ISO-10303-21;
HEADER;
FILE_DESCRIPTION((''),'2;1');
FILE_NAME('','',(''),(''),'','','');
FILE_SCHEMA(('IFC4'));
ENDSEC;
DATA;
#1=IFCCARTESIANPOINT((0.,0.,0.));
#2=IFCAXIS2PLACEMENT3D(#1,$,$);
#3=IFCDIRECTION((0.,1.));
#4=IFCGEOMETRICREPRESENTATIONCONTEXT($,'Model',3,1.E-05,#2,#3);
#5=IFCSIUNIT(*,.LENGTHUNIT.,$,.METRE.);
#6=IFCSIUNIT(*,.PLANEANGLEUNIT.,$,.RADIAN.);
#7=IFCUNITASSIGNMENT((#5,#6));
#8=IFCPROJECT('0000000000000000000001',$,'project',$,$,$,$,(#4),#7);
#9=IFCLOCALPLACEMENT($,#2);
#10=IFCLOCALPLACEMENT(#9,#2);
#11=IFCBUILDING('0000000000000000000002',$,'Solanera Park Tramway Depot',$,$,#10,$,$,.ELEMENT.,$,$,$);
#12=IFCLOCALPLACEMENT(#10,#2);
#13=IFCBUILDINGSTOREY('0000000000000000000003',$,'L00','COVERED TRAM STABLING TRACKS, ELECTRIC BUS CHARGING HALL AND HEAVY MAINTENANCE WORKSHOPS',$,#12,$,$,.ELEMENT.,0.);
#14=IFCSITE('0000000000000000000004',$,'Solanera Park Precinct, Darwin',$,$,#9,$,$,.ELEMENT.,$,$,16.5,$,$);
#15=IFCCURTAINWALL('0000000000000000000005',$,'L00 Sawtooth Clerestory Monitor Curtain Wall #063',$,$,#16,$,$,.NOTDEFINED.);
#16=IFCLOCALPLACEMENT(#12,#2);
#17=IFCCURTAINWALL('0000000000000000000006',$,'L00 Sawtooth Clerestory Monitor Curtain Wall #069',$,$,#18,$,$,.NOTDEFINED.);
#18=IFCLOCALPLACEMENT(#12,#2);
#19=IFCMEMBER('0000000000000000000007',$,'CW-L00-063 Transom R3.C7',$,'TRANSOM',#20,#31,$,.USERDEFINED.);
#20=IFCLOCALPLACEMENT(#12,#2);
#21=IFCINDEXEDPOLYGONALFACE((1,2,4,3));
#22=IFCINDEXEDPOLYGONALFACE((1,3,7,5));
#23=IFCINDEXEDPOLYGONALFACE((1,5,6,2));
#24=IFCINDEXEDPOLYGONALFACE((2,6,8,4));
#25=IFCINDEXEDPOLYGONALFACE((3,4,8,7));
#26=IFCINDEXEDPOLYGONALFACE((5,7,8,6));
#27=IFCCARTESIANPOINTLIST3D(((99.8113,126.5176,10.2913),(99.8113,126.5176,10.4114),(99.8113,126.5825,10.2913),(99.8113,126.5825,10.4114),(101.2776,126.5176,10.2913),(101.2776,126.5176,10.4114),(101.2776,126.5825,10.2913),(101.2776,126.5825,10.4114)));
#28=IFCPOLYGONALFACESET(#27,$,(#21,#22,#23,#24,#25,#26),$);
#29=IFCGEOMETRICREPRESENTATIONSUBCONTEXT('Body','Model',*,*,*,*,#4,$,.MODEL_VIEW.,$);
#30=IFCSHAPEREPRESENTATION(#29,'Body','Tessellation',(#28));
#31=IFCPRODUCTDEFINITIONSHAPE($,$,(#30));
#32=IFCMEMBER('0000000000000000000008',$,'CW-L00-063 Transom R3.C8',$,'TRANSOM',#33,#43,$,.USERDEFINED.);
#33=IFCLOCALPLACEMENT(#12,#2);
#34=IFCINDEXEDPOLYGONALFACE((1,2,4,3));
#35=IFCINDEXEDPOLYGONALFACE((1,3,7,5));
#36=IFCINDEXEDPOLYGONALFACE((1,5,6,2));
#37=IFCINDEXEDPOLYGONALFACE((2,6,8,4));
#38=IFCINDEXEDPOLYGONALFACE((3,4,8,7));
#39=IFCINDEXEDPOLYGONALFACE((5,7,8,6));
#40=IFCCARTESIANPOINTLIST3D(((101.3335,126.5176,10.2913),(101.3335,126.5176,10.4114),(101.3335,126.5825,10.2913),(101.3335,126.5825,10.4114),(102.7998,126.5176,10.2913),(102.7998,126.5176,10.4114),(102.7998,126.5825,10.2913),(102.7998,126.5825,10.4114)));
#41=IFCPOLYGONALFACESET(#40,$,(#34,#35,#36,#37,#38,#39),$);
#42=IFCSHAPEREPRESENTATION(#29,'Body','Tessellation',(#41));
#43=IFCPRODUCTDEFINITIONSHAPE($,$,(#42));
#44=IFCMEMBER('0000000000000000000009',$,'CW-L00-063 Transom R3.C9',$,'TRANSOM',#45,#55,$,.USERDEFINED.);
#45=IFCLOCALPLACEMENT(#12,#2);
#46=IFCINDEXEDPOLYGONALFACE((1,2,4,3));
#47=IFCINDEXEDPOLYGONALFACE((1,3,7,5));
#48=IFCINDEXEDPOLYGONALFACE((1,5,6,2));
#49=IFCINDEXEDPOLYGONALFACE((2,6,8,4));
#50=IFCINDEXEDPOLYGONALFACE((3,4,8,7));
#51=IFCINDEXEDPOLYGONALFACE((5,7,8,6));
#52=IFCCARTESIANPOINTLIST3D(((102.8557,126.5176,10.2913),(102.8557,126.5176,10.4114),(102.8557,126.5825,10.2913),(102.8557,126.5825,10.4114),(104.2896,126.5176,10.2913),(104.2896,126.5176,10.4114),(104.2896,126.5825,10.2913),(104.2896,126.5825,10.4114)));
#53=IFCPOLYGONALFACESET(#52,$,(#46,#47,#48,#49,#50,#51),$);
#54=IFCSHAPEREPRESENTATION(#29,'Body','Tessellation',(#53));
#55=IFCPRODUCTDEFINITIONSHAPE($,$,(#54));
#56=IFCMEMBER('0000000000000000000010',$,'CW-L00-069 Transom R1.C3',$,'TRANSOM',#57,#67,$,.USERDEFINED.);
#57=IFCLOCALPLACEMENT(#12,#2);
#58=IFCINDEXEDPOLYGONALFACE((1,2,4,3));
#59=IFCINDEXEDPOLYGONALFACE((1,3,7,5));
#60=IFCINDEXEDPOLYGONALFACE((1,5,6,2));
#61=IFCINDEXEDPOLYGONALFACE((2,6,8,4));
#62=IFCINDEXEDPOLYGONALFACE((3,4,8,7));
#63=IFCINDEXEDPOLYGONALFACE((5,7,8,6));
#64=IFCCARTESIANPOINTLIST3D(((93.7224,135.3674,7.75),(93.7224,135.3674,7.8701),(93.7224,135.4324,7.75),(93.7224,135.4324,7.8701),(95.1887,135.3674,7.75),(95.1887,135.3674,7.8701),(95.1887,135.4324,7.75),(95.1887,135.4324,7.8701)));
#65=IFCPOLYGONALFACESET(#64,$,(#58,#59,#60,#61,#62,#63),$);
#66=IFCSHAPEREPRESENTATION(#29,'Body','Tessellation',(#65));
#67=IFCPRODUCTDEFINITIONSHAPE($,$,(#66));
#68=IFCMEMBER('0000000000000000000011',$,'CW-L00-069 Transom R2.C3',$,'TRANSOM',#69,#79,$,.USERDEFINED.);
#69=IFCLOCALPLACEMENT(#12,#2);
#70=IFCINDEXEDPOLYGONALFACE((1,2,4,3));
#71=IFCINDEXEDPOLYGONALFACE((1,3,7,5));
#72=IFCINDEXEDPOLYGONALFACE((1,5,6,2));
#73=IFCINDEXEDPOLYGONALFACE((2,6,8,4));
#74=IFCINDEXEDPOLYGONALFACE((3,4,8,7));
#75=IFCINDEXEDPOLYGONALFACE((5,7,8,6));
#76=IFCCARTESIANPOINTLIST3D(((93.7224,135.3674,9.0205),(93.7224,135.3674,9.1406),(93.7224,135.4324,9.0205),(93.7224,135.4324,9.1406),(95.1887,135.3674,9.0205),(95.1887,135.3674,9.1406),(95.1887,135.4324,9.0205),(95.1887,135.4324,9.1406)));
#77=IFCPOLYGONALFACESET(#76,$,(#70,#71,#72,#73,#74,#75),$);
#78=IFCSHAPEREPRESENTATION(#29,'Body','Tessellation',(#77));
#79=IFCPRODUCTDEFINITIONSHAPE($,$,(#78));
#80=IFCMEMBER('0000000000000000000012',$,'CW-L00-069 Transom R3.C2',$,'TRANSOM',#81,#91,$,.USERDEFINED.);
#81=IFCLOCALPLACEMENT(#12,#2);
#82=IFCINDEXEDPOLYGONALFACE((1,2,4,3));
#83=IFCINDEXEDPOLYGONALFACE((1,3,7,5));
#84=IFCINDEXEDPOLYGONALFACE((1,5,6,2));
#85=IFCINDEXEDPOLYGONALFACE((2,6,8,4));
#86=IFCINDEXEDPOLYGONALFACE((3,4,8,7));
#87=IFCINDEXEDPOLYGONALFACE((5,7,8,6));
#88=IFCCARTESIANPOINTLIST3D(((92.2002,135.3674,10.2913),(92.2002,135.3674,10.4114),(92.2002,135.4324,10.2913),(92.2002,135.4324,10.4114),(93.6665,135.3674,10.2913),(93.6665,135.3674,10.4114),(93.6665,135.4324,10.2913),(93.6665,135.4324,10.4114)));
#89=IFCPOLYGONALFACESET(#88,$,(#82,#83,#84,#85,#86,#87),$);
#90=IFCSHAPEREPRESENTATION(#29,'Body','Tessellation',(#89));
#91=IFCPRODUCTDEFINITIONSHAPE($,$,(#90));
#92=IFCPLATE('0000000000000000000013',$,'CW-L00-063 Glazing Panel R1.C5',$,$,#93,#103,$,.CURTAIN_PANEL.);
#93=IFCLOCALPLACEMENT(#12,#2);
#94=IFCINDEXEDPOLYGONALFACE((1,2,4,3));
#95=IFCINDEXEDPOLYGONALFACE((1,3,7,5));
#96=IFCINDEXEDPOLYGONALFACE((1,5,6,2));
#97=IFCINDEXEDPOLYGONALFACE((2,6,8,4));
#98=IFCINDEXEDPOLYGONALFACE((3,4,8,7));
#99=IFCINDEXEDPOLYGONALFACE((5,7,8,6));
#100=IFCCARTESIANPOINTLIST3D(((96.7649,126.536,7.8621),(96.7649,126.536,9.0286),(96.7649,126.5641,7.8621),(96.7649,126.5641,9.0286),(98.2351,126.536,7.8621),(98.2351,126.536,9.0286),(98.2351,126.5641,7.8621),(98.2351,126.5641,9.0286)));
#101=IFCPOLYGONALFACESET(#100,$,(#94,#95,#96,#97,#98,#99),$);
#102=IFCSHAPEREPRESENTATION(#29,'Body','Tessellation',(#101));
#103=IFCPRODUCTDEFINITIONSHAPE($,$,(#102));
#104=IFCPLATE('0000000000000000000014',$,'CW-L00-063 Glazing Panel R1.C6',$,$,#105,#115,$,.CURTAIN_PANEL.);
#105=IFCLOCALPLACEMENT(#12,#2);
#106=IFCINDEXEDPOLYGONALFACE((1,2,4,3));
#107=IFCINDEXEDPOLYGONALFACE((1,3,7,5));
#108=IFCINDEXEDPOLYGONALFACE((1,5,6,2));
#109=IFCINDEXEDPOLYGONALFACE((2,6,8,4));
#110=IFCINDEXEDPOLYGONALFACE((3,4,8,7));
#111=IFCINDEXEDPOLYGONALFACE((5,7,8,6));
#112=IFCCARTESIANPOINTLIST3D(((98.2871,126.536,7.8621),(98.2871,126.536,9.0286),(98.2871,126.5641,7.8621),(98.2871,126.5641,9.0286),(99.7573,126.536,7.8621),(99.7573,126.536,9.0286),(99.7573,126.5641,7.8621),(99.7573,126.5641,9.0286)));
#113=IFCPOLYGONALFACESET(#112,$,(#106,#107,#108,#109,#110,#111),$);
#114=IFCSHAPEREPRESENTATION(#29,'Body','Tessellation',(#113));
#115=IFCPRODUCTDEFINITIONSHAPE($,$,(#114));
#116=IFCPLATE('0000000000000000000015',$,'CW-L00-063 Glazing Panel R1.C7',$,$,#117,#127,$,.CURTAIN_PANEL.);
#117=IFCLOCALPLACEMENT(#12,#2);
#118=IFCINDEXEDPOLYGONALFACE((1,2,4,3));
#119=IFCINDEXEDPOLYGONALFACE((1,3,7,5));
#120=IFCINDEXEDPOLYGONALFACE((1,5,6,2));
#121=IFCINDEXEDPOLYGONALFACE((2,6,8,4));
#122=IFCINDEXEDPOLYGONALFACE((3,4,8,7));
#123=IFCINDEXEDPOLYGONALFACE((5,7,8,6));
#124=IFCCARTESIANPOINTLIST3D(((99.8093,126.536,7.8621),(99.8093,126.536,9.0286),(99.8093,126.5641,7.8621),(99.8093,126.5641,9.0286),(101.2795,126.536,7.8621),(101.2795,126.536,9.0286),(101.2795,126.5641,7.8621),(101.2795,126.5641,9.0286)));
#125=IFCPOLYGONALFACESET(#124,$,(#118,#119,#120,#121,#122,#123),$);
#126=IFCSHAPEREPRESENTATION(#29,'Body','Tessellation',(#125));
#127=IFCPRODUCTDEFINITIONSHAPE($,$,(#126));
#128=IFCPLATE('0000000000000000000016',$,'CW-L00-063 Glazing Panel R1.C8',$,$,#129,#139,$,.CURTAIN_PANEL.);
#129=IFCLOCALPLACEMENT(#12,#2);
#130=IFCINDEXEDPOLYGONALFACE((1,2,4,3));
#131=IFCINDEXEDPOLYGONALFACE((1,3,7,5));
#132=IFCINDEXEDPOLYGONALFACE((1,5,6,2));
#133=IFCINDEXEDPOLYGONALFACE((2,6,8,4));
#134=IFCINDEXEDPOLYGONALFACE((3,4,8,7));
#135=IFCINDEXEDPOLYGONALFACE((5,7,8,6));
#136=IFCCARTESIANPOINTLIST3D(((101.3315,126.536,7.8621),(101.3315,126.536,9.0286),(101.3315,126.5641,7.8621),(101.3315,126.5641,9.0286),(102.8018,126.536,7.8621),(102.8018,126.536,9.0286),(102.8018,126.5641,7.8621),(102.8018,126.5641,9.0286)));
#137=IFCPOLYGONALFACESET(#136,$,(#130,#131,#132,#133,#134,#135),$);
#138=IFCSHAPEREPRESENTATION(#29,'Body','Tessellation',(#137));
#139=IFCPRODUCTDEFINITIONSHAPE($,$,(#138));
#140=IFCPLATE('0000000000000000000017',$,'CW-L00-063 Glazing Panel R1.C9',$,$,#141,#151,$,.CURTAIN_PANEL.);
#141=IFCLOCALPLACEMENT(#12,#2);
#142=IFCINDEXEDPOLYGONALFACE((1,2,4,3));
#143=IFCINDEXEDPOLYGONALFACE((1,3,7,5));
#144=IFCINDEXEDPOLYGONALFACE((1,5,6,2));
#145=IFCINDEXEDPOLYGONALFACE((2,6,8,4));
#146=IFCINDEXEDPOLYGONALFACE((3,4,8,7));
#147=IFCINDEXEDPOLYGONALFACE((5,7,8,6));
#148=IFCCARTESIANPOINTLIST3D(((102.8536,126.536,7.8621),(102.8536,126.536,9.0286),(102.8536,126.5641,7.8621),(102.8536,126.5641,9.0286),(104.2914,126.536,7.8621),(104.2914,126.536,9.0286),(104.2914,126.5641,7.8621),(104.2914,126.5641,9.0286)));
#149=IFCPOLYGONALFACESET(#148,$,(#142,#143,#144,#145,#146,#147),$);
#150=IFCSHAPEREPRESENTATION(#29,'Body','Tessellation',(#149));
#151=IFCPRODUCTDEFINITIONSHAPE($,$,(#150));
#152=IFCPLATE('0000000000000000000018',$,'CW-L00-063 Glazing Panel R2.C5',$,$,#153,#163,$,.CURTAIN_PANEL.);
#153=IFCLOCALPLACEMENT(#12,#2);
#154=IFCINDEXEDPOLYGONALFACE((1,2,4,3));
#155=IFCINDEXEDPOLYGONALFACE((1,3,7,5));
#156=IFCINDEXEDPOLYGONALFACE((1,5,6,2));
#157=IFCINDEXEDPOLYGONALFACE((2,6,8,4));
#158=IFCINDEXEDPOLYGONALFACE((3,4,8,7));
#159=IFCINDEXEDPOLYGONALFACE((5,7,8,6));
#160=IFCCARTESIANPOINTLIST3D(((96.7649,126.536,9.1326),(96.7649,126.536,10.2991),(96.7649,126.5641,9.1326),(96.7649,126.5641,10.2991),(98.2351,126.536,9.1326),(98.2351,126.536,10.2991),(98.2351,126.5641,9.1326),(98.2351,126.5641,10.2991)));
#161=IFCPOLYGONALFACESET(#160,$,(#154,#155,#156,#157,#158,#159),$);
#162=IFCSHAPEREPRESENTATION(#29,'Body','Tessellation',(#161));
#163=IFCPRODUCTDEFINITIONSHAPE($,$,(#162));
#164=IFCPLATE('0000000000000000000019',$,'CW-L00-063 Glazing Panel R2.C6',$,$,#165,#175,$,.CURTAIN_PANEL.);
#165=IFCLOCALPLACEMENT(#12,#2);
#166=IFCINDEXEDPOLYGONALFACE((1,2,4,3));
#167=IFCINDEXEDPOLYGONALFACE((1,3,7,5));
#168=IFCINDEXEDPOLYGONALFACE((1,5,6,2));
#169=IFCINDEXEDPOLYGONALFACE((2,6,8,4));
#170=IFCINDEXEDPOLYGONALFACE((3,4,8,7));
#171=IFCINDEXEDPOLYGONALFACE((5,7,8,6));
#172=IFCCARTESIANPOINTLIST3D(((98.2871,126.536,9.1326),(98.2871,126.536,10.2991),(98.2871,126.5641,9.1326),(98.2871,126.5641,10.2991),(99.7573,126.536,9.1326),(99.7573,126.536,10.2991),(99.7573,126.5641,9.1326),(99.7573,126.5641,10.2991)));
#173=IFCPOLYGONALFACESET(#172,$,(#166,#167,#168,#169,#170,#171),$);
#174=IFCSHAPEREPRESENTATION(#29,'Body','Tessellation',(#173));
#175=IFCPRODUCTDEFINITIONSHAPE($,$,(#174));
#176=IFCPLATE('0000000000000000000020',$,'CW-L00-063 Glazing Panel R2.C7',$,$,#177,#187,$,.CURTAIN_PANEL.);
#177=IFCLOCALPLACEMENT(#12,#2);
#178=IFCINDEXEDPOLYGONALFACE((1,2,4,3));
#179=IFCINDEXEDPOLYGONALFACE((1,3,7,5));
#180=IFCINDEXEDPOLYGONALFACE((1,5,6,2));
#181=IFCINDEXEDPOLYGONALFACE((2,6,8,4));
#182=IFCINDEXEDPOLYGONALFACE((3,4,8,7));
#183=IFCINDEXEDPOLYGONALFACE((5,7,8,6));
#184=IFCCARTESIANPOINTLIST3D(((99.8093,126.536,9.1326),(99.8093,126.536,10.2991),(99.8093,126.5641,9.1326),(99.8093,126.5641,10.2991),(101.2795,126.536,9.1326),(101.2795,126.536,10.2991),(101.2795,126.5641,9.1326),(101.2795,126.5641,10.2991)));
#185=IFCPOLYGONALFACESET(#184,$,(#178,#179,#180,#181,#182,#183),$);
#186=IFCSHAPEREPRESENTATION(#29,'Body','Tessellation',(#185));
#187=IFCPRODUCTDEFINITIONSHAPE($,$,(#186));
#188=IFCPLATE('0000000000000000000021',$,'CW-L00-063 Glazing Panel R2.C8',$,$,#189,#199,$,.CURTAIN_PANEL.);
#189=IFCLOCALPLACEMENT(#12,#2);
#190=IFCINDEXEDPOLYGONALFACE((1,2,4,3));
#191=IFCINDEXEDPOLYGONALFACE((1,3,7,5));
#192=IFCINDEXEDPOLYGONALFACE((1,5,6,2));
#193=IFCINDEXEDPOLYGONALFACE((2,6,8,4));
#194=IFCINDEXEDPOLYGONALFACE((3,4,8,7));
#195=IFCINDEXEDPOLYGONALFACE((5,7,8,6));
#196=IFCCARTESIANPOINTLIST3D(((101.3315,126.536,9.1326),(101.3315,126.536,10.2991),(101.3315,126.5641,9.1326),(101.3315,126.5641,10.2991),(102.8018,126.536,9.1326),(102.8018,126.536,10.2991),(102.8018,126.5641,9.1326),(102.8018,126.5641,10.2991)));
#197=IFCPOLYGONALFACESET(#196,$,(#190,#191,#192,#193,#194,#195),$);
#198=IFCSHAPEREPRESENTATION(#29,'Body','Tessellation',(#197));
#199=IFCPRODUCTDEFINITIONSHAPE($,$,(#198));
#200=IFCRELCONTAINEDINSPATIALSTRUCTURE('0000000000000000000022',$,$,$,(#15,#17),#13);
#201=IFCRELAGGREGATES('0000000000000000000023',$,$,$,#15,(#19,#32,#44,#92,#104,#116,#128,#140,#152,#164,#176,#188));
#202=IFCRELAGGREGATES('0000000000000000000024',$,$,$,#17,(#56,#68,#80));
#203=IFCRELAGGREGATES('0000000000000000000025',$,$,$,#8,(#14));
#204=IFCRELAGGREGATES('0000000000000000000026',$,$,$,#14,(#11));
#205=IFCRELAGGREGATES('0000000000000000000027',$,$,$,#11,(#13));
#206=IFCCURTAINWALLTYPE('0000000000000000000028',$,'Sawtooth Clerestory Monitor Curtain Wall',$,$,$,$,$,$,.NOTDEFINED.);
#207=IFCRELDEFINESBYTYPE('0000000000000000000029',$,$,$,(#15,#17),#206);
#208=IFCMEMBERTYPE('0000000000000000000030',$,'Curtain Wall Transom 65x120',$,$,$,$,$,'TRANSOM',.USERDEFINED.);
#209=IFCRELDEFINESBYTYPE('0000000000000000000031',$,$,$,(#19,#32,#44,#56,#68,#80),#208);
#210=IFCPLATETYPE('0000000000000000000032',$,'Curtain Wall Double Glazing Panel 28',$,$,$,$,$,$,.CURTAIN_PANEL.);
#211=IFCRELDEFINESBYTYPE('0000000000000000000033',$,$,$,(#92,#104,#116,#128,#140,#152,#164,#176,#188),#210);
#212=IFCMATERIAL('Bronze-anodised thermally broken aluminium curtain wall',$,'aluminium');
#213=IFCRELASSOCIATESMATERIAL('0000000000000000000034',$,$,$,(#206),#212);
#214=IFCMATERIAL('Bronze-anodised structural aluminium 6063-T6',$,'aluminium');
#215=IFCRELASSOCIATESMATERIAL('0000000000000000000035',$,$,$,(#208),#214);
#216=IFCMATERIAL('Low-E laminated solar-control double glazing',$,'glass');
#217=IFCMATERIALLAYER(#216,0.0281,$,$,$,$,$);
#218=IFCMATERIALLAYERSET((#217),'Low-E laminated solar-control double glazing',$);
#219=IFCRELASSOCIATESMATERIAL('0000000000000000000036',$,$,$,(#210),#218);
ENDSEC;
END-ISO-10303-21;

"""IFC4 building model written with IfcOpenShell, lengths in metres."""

from ifc_helpers import new_model, si_unit, direction, frame, origin, origin_2d, place, context, subcontext, project, spatial, rectangle, extrude, material, layer, layer_set, material_profile, profile_set, type_object, element, aggregate, save


model = new_model("IFC4")

# Units and contexts
model_context = context("Model", 3, precision=1e-05, world=origin(), true_north=direction((0.0, 1.0)))
body_context = subcontext(model_context, "Body", "Model", "MODEL_VIEW")
ifc_project = project(units=[si_unit("LENGTHUNIT", "METRE"), si_unit("PLANEANGLEUNIT", "RADIAN")], contexts=[model_context])

# Site, building, storey
site_placement = place(None, origin())
site = spatial("IfcSite", under=ifc_project, at=site_placement, Name="Solanera Park Precinct, Darwin", CompositionType="ELEMENT", RefElevation=16.5)
building_placement = place(site_placement, origin())
building = spatial("IfcBuilding", under=site, at=building_placement, Name="Solanera Park Tramway Depot", CompositionType="ELEMENT")
storey_placement = place(building_placement, origin())
storey = spatial("IfcBuildingStorey", under=building, at=storey_placement, Name="L00", Description="COVERED TRAM STABLING TRACKS, ELECTRIC BUS CHARGING HALL AND HEAVY MAINTENANCE WORKSHOPS", CompositionType="ELEMENT", Elevation=0.0)

# Curtain wall
ifc_material_1 = material(Name="Bronze-anodised thermally broken aluminium curtain wall", Category="aluminium")
curtain_wall_type = type_object("IfcCurtainWallType", Name="Sawtooth Clerestory Monitor Curtain Wall", PredefinedType="NOTDEFINED", material=ifc_material_1)
curtain_wall_1_placement = place(storey_placement, origin())
curtain_wall_1 = element("IfcCurtainWall", 1, at=curtain_wall_1_placement, inside=storey, type_object=curtain_wall_type, Name="L00 Sawtooth Clerestory Monitor Curtain Wall #063", PredefinedType="NOTDEFINED")

# Curtain wall
curtain_wall_2_placement = place(storey_placement, origin())
curtain_wall_2 = element("IfcCurtainWall", 2, at=curtain_wall_2_placement, inside=storey, type_object=curtain_wall_type, Name="L00 Sawtooth Clerestory Monitor Curtain Wall #069", PredefinedType="NOTDEFINED")

# Members
ifc_material_2 = material(Name="Bronze-anodised structural aluminium 6063-T6", Category="aluminium")
ifc_material_profile_1 = material_profile(ifc_material_2, rectangle(XDim=0.0649, YDim=0.1201, at=origin_2d()), Name="Curtain Wall Transom 65x120")
ifc_profile_set_1 = profile_set([ifc_material_profile_1], Name="Bronze-anodised structural aluminium 6063-T6")
member_type_1 = type_object("IfcMemberType", Name="Curtain Wall Transom 65x120", ElementType="TRANSOM", PredefinedType="USERDEFINED", material=ifc_profile_set_1)
member_1_placement = place(storey_placement, frame((99.8113, 126.55, 10.3513), z_axis=(1.0, 0.0, 0.0), x_axis=(0.0, 1.0, 0.0)))
member_1 = element("IfcMember", 3, at=member_1_placement, type_object=member_type_1, Name="CW-L00-063 Transom R3.C7", ObjectType="TRANSOM", PredefinedType="USERDEFINED", context=body_context, shape_type="SweptSolid", body=[
    extrude(rectangle(XDim=0.0649, YDim=0.1201, at=origin_2d()), origin(), (0.0, 0.0, 1.0), 1.4663),
])
member_2_placement = place(storey_placement, frame((101.3335, 126.55, 10.3513), z_axis=(1.0, 0.0, 0.0), x_axis=(0.0, 1.0, 0.0)))
member_2 = element("IfcMember", 4, at=member_2_placement, type_object=member_type_1, Name="CW-L00-063 Transom R3.C8", ObjectType="TRANSOM", PredefinedType="USERDEFINED", context=body_context, shape_type="SweptSolid", body=[
    extrude(rectangle(XDim=0.0649, YDim=0.1201, at=origin_2d()), origin(), (0.0, 0.0, 1.0), 1.4663),
])
member_3_placement = place(storey_placement, frame((102.8557, 126.55, 10.3513), z_axis=(1.0, 0.0, 0.0), x_axis=(0.0, 1.0, 0.0)))
member_3 = element("IfcMember", 5, at=member_3_placement, type_object=member_type_1, Name="CW-L00-063 Transom R3.C9", ObjectType="TRANSOM", PredefinedType="USERDEFINED", context=body_context, shape_type="SweptSolid", body=[
    extrude(rectangle(XDim=0.0649, YDim=0.1201, at=origin_2d()), origin(), (0.0, 0.0, 1.0), 1.4338),
])
member_4_placement = place(storey_placement, frame((93.7224, 135.3999, 7.8101), z_axis=(1.0, 0.0, 0.0), x_axis=(0.0, 1.0, 0.0)))
member_4 = element("IfcMember", 6, at=member_4_placement, type_object=member_type_1, Name="CW-L00-069 Transom R1.C3", ObjectType="TRANSOM", PredefinedType="USERDEFINED", context=body_context, shape_type="SweptSolid", body=[
    extrude(rectangle(XDim=0.0649, YDim=0.1201, at=origin_2d()), origin(), (0.0, 0.0, 1.0), 1.4663),
])
member_5_placement = place(storey_placement, frame((93.7224, 135.3999, 9.0806), z_axis=(1.0, 0.0, 0.0), x_axis=(0.0, 1.0, 0.0)))
member_5 = element("IfcMember", 7, at=member_5_placement, type_object=member_type_1, Name="CW-L00-069 Transom R2.C3", ObjectType="TRANSOM", PredefinedType="USERDEFINED", context=body_context, shape_type="SweptSolid", body=[
    extrude(rectangle(XDim=0.0649, YDim=0.1201, at=origin_2d()), origin(), (0.0, 0.0, 1.0), 1.4663),
])
member_6_placement = place(storey_placement, frame((92.2002, 135.3999, 10.3513), z_axis=(1.0, 0.0, 0.0), x_axis=(0.0, 1.0, 0.0)))
member_6 = element("IfcMember", 8, at=member_6_placement, type_object=member_type_1, Name="CW-L00-069 Transom R3.C2", ObjectType="TRANSOM", PredefinedType="USERDEFINED", context=body_context, shape_type="SweptSolid", body=[
    extrude(rectangle(XDim=0.0649, YDim=0.1201, at=origin_2d()), origin(), (0.0, 0.0, 1.0), 1.4663),
])

# Plates
ifc_material_3 = material(Name="Low-E laminated solar-control double glazing", Category="glass")
ifc_layer = layer(ifc_material_3, 0.0281)
ifc_layer_set = layer_set([ifc_layer], Name="Low-E laminated solar-control double glazing")
plate_type = type_object("IfcPlateType", Name="Curtain Wall Double Glazing Panel 28", PredefinedType="CURTAIN_PANEL", material=ifc_layer_set)
plate_1_placement = place(storey_placement, frame((97.5, 126.55, 7.8621), z_axis=(0.0, 0.0, 1.0), x_axis=(1.0, 0.0, 0.0)))
plate_1 = element("IfcPlate", 9, at=plate_1_placement, type_object=plate_type, Name="CW-L00-063 Glazing Panel R1.C5", PredefinedType="CURTAIN_PANEL", context=body_context, shape_type="SweptSolid", body=[
    extrude(rectangle(XDim=1.4702, YDim=0.0281, at=origin_2d()), origin(), (0.0, 0.0, 1.0), 1.1665),
])
plate_2_placement = place(storey_placement, frame((99.0222, 126.55, 7.8621), z_axis=(0.0, 0.0, 1.0), x_axis=(1.0, 0.0, 0.0)))
plate_2 = element("IfcPlate", 10, at=plate_2_placement, type_object=plate_type, Name="CW-L00-063 Glazing Panel R1.C6", PredefinedType="CURTAIN_PANEL", context=body_context, shape_type="SweptSolid", body=[
    extrude(rectangle(XDim=1.4702, YDim=0.0281, at=origin_2d()), origin(), (0.0, 0.0, 1.0), 1.1665),
])
plate_3_placement = place(storey_placement, frame((100.5444, 126.55, 7.8621), z_axis=(0.0, 0.0, 1.0), x_axis=(1.0, 0.0, 0.0)))
plate_3 = element("IfcPlate", 11, at=plate_3_placement, type_object=plate_type, Name="CW-L00-063 Glazing Panel R1.C7", PredefinedType="CURTAIN_PANEL", context=body_context, shape_type="SweptSolid", body=[
    extrude(rectangle(XDim=1.4702, YDim=0.0281, at=origin_2d()), origin(), (0.0, 0.0, 1.0), 1.1665),
])
plate_4_placement = place(storey_placement, frame((102.0667, 126.55, 7.8621), z_axis=(0.0, 0.0, 1.0), x_axis=(1.0, 0.0, 0.0)))
plate_4 = element("IfcPlate", 12, at=plate_4_placement, type_object=plate_type, Name="CW-L00-063 Glazing Panel R1.C8", PredefinedType="CURTAIN_PANEL", context=body_context, shape_type="SweptSolid", body=[
    extrude(rectangle(XDim=1.4702, YDim=0.0281, at=origin_2d()), origin(), (0.0, 0.0, 1.0), 1.1665),
])
plate_5_placement = place(storey_placement, frame((103.5725, 126.55, 7.8621), z_axis=(0.0, 0.0, 1.0), x_axis=(1.0, 0.0, 0.0)))
plate_5 = element("IfcPlate", 13, at=plate_5_placement, type_object=plate_type, Name="CW-L00-063 Glazing Panel R1.C9", PredefinedType="CURTAIN_PANEL", context=body_context, shape_type="SweptSolid", body=[
    extrude(rectangle(XDim=1.4377, YDim=0.0281, at=origin_2d()), origin(), (0.0, 0.0, 1.0), 1.1665),
])
plate_6_placement = place(storey_placement, frame((97.5, 126.55, 9.1326), z_axis=(0.0, 0.0, 1.0), x_axis=(1.0, 0.0, 0.0)))
plate_6 = element("IfcPlate", 14, at=plate_6_placement, type_object=plate_type, Name="CW-L00-063 Glazing Panel R2.C5", PredefinedType="CURTAIN_PANEL", context=body_context, shape_type="SweptSolid", body=[
    extrude(rectangle(XDim=1.4702, YDim=0.0281, at=origin_2d()), origin(), (0.0, 0.0, 1.0), 1.1665),
])
plate_7_placement = place(storey_placement, frame((99.0222, 126.55, 9.1326), z_axis=(0.0, 0.0, 1.0), x_axis=(1.0, 0.0, 0.0)))
plate_7 = element("IfcPlate", 15, at=plate_7_placement, type_object=plate_type, Name="CW-L00-063 Glazing Panel R2.C6", PredefinedType="CURTAIN_PANEL", context=body_context, shape_type="SweptSolid", body=[
    extrude(rectangle(XDim=1.4702, YDim=0.0281, at=origin_2d()), origin(), (0.0, 0.0, 1.0), 1.1665),
])
plate_8_placement = place(storey_placement, frame((100.5444, 126.55, 9.1326), z_axis=(0.0, 0.0, 1.0), x_axis=(1.0, 0.0, 0.0)))
plate_8 = element("IfcPlate", 16, at=plate_8_placement, type_object=plate_type, Name="CW-L00-063 Glazing Panel R2.C7", PredefinedType="CURTAIN_PANEL", context=body_context, shape_type="SweptSolid", body=[
    extrude(rectangle(XDim=1.4702, YDim=0.0281, at=origin_2d()), origin(), (0.0, 0.0, 1.0), 1.1665),
])
plate_9_placement = place(storey_placement, frame((102.0667, 126.55, 9.1326), z_axis=(0.0, 0.0, 1.0), x_axis=(1.0, 0.0, 0.0)))
plate_9 = element("IfcPlate", 17, at=plate_9_placement, type_object=plate_type, Name="CW-L00-063 Glazing Panel R2.C8", PredefinedType="CURTAIN_PANEL", context=body_context, shape_type="SweptSolid", body=[
    extrude(rectangle(XDim=1.4702, YDim=0.0281, at=origin_2d()), origin(), (0.0, 0.0, 1.0), 1.1665),
])
aggregate(curtain_wall_1, [member_1, member_2, member_3, plate_1, plate_2, plate_3, plate_4, plate_5, plate_6, plate_7, plate_8, plate_9])
aggregate(curtain_wall_2, [member_4, member_5, member_6])

save(model, "model.ifc")
